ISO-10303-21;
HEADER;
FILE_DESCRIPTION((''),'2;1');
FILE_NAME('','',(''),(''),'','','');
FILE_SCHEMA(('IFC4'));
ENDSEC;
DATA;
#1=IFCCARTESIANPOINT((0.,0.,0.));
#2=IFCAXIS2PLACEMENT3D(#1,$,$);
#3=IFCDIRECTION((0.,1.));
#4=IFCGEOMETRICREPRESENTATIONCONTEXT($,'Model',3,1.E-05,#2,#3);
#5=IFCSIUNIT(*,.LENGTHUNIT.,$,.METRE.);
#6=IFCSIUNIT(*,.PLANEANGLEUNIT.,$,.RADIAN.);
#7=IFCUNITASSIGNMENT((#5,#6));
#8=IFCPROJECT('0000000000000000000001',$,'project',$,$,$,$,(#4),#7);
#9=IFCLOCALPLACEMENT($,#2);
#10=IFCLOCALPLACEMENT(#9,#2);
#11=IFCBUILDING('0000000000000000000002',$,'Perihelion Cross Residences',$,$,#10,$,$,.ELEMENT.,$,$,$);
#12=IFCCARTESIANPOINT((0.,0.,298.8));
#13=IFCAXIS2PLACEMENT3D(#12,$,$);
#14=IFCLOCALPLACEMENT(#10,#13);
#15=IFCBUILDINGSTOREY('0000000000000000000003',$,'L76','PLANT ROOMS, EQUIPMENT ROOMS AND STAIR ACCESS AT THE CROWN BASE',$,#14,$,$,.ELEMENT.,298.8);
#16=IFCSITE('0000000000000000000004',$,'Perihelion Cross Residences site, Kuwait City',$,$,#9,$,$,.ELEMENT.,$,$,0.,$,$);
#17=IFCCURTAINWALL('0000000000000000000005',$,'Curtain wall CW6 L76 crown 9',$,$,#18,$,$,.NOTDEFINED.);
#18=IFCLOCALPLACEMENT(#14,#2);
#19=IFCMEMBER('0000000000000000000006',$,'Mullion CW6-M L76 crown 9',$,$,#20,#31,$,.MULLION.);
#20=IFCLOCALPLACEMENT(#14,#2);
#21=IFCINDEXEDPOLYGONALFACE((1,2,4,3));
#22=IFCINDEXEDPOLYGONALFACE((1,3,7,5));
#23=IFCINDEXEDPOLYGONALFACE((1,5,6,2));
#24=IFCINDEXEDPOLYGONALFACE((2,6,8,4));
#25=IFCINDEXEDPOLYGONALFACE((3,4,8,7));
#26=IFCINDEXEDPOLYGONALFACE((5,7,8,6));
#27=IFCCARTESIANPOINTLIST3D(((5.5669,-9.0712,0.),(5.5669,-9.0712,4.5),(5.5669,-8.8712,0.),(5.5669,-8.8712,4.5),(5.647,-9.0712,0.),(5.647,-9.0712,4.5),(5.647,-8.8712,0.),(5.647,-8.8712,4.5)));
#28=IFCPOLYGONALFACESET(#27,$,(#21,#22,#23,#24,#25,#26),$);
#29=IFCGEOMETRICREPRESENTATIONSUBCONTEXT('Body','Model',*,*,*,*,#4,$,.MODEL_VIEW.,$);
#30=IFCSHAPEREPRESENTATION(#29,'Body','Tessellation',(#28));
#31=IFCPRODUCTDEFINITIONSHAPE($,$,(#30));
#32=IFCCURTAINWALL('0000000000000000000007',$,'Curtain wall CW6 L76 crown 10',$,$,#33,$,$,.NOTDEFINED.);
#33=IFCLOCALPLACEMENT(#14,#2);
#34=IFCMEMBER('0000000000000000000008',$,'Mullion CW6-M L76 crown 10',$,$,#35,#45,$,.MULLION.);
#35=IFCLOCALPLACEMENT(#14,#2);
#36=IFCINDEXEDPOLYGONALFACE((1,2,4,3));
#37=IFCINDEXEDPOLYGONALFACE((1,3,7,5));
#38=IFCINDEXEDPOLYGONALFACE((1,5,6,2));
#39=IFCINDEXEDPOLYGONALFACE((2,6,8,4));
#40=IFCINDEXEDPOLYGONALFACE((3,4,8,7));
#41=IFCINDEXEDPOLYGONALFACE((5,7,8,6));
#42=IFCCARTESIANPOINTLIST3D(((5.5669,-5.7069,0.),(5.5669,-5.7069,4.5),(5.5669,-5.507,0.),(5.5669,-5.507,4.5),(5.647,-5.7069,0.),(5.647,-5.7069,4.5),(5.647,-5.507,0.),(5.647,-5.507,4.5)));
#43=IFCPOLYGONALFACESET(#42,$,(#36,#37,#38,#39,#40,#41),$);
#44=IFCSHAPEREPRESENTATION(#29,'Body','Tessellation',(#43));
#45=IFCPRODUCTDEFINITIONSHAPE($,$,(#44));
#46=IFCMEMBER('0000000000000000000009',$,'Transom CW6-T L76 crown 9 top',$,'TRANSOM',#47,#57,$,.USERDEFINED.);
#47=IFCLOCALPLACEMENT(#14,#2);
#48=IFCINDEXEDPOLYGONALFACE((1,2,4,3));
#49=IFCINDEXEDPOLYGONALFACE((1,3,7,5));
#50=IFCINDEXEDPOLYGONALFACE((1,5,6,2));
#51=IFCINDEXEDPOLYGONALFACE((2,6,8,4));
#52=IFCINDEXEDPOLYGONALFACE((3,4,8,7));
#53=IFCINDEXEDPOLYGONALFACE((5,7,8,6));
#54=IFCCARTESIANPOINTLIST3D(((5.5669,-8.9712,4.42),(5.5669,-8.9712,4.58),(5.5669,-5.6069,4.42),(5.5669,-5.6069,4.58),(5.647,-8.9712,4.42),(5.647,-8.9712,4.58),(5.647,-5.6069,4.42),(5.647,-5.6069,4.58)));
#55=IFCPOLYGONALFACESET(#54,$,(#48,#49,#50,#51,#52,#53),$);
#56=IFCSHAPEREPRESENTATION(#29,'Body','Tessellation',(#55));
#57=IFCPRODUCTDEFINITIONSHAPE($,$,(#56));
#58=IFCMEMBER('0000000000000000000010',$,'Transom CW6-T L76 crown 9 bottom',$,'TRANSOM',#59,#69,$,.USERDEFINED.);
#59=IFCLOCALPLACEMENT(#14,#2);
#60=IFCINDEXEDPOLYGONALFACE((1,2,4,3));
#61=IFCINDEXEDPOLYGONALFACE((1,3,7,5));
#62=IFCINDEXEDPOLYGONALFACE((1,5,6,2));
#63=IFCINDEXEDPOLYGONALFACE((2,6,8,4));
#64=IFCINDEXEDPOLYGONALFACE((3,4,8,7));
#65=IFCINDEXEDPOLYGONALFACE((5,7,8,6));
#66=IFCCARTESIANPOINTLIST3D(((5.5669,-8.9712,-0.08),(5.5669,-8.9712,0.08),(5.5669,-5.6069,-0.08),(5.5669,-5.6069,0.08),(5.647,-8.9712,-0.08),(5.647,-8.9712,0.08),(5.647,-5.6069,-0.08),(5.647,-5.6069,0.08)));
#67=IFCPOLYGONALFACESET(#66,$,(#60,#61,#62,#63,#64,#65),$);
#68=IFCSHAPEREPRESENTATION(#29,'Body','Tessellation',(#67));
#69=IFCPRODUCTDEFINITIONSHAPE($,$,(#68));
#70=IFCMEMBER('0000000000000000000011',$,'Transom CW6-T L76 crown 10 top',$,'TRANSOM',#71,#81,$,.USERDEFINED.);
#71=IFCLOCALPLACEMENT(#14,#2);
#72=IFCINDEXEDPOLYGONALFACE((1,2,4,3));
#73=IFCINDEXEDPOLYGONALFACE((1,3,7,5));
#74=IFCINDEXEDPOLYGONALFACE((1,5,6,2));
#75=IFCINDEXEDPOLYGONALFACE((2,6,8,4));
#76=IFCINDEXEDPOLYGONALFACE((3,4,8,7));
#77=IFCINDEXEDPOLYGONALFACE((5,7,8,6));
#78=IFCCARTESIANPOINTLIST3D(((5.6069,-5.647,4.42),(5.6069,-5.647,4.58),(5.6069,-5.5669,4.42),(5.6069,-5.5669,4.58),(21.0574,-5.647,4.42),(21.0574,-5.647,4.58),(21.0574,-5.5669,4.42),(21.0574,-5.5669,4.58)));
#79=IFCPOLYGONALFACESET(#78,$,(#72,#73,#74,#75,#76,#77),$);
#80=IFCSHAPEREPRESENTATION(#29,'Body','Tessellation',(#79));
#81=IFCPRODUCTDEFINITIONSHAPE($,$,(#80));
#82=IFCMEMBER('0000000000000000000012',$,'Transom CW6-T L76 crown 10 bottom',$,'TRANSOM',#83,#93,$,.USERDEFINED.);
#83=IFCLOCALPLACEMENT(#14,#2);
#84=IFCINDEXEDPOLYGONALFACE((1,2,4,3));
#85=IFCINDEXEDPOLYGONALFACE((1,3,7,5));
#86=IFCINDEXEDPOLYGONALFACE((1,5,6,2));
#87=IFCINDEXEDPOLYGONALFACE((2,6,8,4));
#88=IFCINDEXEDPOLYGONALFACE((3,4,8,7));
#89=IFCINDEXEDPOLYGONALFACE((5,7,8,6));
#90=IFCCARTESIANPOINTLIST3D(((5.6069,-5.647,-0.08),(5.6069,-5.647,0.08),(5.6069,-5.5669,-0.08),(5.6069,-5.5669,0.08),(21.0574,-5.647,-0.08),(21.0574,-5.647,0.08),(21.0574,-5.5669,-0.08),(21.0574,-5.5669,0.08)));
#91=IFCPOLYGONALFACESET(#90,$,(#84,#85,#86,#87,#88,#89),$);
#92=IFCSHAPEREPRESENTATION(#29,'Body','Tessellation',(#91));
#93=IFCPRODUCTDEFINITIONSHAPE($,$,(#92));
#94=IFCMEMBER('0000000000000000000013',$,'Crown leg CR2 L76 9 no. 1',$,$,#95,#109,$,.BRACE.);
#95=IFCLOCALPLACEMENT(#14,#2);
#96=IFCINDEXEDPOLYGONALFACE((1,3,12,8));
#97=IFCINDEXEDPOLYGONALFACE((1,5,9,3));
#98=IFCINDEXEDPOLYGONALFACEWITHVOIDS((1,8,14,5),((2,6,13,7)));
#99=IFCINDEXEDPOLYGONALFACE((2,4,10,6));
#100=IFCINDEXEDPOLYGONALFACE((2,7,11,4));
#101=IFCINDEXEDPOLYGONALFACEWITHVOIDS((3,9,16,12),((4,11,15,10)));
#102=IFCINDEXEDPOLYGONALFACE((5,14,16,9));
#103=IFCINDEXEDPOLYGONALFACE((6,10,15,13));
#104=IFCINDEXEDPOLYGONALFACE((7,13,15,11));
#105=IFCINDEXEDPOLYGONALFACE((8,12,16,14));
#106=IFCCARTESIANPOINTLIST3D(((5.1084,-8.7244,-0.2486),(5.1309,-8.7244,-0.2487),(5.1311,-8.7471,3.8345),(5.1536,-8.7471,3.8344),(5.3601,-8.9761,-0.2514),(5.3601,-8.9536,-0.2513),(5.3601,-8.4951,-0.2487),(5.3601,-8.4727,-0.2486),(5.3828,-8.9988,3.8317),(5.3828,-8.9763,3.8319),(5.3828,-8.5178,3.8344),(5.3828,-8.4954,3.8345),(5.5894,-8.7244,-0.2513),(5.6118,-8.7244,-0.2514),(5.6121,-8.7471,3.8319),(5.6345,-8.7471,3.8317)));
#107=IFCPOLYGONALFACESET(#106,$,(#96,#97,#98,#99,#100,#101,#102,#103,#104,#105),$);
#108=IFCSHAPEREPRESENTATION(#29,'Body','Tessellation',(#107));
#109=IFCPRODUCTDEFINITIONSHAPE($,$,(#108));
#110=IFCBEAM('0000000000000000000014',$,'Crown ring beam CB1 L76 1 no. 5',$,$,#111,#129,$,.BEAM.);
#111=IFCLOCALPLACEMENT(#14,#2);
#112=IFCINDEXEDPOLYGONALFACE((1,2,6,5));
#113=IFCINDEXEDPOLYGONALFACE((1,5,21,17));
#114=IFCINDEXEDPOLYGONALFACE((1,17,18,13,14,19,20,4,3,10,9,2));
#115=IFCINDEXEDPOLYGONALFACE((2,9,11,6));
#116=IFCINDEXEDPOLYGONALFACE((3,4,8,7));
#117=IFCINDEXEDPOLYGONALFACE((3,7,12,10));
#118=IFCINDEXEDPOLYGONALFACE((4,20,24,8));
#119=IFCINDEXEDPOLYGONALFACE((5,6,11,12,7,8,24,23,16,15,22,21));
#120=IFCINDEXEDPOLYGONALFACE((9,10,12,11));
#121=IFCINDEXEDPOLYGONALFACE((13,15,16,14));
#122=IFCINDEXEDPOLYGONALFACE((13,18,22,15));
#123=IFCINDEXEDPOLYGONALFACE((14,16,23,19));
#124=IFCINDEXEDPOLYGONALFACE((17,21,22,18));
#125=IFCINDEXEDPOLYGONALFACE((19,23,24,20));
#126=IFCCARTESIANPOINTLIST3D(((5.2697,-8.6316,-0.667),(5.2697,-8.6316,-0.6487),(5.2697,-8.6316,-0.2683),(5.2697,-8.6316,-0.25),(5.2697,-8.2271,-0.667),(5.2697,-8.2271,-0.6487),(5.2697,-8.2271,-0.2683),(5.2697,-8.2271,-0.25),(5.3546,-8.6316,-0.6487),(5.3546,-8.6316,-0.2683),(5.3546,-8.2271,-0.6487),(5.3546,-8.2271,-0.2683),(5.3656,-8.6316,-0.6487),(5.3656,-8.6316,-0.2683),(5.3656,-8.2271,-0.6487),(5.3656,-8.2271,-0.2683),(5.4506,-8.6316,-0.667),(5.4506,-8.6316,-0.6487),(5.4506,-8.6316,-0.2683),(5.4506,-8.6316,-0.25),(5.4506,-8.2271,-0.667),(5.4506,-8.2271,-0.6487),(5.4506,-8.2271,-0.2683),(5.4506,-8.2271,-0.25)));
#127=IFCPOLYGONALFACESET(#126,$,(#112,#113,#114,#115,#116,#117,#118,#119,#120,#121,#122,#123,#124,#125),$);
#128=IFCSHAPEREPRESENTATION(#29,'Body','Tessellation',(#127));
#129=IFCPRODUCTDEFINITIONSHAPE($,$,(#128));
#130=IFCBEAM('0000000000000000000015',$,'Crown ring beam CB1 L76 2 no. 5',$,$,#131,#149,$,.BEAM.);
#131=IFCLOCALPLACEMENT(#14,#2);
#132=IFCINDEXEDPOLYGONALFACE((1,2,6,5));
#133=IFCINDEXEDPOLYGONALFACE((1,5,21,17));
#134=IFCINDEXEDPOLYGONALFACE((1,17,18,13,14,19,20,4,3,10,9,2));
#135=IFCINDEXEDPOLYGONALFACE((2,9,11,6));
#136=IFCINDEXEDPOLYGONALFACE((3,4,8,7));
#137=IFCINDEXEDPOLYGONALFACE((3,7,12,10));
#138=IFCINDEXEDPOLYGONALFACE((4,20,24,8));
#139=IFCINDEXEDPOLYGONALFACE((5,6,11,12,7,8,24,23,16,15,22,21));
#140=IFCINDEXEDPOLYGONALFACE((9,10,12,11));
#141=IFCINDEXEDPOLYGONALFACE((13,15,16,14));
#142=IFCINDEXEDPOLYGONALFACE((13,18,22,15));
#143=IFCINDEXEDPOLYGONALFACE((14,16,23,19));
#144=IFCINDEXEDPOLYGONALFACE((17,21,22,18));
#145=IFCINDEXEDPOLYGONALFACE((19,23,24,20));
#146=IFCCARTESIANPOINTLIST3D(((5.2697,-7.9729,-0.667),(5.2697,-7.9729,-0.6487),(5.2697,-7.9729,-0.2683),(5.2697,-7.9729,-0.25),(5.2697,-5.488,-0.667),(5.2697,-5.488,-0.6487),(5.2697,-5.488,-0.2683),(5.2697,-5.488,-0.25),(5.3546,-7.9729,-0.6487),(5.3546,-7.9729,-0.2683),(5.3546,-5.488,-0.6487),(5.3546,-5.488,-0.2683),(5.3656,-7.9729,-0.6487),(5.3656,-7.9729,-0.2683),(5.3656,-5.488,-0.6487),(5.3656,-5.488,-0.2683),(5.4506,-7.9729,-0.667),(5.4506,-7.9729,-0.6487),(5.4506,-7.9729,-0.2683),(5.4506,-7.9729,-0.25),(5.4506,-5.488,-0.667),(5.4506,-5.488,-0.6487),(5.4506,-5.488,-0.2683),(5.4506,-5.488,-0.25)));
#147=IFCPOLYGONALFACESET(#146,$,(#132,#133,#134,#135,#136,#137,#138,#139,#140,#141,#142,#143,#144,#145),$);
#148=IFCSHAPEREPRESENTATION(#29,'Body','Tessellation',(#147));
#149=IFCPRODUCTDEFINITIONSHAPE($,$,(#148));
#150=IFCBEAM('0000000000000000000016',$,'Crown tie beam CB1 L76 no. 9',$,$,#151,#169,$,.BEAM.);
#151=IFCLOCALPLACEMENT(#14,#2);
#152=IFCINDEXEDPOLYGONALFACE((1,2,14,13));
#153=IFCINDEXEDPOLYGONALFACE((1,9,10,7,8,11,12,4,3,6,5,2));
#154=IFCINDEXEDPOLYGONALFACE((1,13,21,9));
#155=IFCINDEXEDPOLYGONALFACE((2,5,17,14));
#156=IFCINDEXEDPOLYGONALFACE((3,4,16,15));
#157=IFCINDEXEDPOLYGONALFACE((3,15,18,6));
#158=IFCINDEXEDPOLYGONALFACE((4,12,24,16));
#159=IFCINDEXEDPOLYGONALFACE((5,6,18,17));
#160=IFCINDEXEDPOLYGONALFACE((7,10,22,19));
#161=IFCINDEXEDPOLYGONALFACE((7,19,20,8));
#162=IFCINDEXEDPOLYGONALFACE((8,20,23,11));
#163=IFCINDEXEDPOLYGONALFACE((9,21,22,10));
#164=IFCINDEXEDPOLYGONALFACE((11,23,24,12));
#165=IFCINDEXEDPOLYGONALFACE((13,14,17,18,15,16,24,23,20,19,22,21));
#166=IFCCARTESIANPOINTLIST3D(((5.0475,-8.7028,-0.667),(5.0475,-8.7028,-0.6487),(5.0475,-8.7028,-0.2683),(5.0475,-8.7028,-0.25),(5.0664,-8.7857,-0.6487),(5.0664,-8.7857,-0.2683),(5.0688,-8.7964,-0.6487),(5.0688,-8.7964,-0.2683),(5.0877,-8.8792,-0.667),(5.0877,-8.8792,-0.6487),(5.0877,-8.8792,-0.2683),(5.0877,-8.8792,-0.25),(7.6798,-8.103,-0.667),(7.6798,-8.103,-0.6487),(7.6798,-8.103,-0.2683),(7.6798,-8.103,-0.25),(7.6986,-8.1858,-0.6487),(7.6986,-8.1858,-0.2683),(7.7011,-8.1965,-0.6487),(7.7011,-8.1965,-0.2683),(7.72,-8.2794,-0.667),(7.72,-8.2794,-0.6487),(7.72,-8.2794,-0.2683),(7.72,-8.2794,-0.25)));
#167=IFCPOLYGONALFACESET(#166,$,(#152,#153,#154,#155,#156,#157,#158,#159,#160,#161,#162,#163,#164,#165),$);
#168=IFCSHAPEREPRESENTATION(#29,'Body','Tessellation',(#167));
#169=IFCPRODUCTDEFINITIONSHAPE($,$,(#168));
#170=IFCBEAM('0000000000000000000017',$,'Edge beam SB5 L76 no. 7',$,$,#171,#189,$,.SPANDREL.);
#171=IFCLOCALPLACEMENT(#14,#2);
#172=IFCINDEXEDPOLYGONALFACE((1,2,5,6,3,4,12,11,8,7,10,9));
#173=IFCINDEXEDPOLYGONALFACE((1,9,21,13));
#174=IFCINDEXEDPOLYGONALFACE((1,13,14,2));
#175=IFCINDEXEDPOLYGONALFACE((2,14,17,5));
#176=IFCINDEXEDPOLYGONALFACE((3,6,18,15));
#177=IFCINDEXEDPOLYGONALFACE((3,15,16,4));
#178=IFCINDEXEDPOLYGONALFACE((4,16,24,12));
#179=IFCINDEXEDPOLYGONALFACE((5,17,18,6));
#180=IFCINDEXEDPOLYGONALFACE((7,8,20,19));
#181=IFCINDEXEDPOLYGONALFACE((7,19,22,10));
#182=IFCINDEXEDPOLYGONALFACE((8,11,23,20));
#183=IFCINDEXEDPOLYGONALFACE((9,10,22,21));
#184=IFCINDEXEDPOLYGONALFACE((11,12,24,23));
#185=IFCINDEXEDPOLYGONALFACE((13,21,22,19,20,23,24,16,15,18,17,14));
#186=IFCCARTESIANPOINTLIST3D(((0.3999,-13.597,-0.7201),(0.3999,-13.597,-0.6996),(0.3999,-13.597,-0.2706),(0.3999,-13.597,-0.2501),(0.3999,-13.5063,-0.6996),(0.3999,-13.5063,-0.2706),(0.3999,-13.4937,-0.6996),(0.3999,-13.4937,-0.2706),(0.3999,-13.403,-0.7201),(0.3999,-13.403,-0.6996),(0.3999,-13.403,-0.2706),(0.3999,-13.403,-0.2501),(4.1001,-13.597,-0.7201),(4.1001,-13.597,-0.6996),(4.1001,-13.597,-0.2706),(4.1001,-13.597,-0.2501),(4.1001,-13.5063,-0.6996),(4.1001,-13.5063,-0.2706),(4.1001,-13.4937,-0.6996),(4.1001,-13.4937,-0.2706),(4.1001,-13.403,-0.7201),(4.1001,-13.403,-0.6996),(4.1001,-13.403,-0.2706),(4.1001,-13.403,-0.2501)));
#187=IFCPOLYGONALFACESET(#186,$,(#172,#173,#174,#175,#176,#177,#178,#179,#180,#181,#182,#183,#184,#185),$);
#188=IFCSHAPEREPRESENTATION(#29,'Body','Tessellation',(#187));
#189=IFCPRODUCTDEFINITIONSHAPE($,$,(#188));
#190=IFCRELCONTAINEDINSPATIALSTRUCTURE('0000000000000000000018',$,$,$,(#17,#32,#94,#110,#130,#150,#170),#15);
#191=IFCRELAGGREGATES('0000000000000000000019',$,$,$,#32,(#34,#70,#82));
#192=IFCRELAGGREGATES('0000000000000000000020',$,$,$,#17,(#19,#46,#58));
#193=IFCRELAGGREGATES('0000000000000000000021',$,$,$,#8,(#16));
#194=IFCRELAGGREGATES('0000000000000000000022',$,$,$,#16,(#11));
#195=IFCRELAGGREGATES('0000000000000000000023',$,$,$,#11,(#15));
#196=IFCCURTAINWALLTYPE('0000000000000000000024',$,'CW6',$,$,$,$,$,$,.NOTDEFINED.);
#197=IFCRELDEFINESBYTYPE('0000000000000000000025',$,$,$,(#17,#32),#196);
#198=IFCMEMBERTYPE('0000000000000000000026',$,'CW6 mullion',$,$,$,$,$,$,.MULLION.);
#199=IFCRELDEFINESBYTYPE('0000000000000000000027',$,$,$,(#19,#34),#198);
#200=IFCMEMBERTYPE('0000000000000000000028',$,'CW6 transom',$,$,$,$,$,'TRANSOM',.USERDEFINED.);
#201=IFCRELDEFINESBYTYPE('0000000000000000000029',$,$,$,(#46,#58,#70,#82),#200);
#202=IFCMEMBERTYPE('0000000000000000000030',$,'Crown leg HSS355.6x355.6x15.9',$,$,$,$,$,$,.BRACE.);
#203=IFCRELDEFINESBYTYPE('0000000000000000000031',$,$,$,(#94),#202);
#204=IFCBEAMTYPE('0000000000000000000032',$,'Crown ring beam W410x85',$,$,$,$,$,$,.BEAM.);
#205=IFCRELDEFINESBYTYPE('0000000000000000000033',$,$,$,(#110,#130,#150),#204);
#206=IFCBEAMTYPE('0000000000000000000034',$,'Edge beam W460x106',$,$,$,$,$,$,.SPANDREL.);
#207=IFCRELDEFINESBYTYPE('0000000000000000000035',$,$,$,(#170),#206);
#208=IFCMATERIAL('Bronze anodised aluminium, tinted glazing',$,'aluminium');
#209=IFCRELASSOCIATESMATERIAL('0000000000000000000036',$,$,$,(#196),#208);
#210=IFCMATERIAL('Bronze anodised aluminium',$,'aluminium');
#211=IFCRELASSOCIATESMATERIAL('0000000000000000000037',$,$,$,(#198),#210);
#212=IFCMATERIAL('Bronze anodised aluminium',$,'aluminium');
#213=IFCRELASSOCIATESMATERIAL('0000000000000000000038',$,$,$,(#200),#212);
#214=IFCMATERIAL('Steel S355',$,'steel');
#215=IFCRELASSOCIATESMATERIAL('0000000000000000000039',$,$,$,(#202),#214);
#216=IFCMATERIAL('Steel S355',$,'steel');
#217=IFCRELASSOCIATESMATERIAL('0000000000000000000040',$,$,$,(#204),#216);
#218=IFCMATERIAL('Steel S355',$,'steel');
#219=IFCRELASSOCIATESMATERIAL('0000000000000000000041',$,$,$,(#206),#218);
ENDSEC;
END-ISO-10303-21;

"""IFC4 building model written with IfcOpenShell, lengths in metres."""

from ifc_helpers import new_model, si_unit, direction, frame, origin, origin_2d, place, context, subcontext, project, spatial, rectangle, hollow_rectangle, i_section, extrude, material, material_profile, profile_set, type_object, element, aggregate, save


model = new_model("IFC4")

# Units and contexts
model_context = context("Model", 3, precision=1e-05, world=origin(), true_north=direction((0.0, 1.0)))
body_context = subcontext(model_context, "Body", "Model", "MODEL_VIEW")
ifc_project = project(units=[si_unit("LENGTHUNIT", "METRE"), si_unit("PLANEANGLEUNIT", "RADIAN")], contexts=[model_context])

# Site, building, storey
site_placement = place(None, origin())
site = spatial("IfcSite", under=ifc_project, at=site_placement, Name="Perihelion Cross Residences site, Kuwait City", CompositionType="ELEMENT", RefElevation=0.0)
building_placement = place(site_placement, origin())
building = spatial("IfcBuilding", under=site, at=building_placement, Name="Perihelion Cross Residences", CompositionType="ELEMENT")
storey_placement = place(building_placement, frame((0.0, 0.0, 298.8)))
storey = spatial("IfcBuildingStorey", under=building, at=storey_placement, Name="L76", Description="PLANT ROOMS, EQUIPMENT ROOMS AND STAIR ACCESS AT THE CROWN BASE", CompositionType="ELEMENT", Elevation=298.8)

# Curtain walls, members
ifc_material_1 = material(Name="Bronze anodised aluminium, tinted glazing", Category="aluminium")
curtain_wall_type = type_object("IfcCurtainWallType", Name="CW6", PredefinedType="NOTDEFINED", material=ifc_material_1)
curtain_wall_1_placement = place(storey_placement, origin())
curtain_wall_1 = element("IfcCurtainWall", 1, at=curtain_wall_1_placement, inside=storey, type_object=curtain_wall_type, Name="Curtain wall CW6 L76 crown 9", PredefinedType="NOTDEFINED")
ifc_material_2 = material(Name="Bronze anodised aluminium", Category="aluminium")
ifc_material_profile_1 = material_profile(ifc_material_2, rectangle(XDim=0.0801, YDim=0.2, at=origin_2d()), Name="CW6 mullion")
ifc_profile_set_1 = profile_set([ifc_material_profile_1], Name="Bronze anodised aluminium")
member_type_1 = type_object("IfcMemberType", Name="CW6 mullion", PredefinedType="MULLION", material=ifc_profile_set_1)
member_1_placement = place(storey_placement, frame((5.6069, -8.9712, 0.0), z_axis=(0.0, 0.0, 1.0), x_axis=(1.0, 0.0, 0.0)))
member_1 = element("IfcMember", 2, at=member_1_placement, type_object=member_type_1, Name="Mullion CW6-M L76 crown 9", PredefinedType="MULLION", context=body_context, shape_type="SweptSolid", body=[
    extrude(rectangle(XDim=0.0801, YDim=0.2, at=origin_2d()), origin(), (0.0, 0.0, 1.0), 4.5),
])
curtain_wall_2_placement = place(storey_placement, origin())
curtain_wall_2 = element("IfcCurtainWall", 3, at=curtain_wall_2_placement, inside=storey, type_object=curtain_wall_type, Name="Curtain wall CW6 L76 crown 10", PredefinedType="NOTDEFINED")
member_2_placement = place(storey_placement, frame((5.6069, -5.6069, 0.0), z_axis=(0.0, 0.0, 1.0), x_axis=(1.0, 0.0, 0.0)))
member_2 = element("IfcMember", 4, at=member_2_placement, type_object=member_type_1, Name="Mullion CW6-M L76 crown 10", PredefinedType="MULLION", context=body_context, shape_type="SweptSolid", body=[
    extrude(rectangle(XDim=0.0801, YDim=0.2, at=origin_2d()), origin(), (0.0, 0.0, 1.0), 4.5),
])

# Members
ifc_material_3 = material(Name="Bronze anodised aluminium", Category="aluminium")
ifc_material_profile_2 = material_profile(ifc_material_3, rectangle(XDim=0.0801, YDim=0.1599, at=origin_2d()), Name="CW6 transom")
ifc_profile_set_2 = profile_set([ifc_material_profile_2], Name="Bronze anodised aluminium")
member_type_2 = type_object("IfcMemberType", Name="CW6 transom", ElementType="TRANSOM", PredefinedType="USERDEFINED", material=ifc_profile_set_2)
member_3_placement = place(storey_placement, frame((5.6069, -8.9712, 4.5), z_axis=(0.0, 1.0, 0.0), x_axis=(-1.0, 0.0, 0.0)))
member_3 = element("IfcMember", 5, at=member_3_placement, type_object=member_type_2, Name="Transom CW6-T L76 crown 9 top", ObjectType="TRANSOM", PredefinedType="USERDEFINED", context=body_context, shape_type="SweptSolid", body=[
    extrude(rectangle(XDim=0.0801, YDim=0.1599, at=origin_2d()), origin(), (0.0, 0.0, 1.0), 3.3643),
])
member_4_placement = place(storey_placement, frame((5.6069, -8.9712, 0.0), z_axis=(0.0, 1.0, 0.0), x_axis=(-1.0, 0.0, 0.0)))
member_4 = element("IfcMember", 6, at=member_4_placement, type_object=member_type_2, Name="Transom CW6-T L76 crown 9 bottom", ObjectType="TRANSOM", PredefinedType="USERDEFINED", context=body_context, shape_type="SweptSolid", body=[
    extrude(rectangle(XDim=0.0801, YDim=0.1599, at=origin_2d()), origin(), (0.0, 0.0, 1.0), 3.3643),
])
member_5_placement = place(storey_placement, frame((5.6069, -5.6069, 4.5), z_axis=(1.0, 0.0, 0.0), x_axis=(0.0, 1.0, 0.0)))
member_5 = element("IfcMember", 7, at=member_5_placement, type_object=member_type_2, Name="Transom CW6-T L76 crown 10 top", ObjectType="TRANSOM", PredefinedType="USERDEFINED", context=body_context, shape_type="SweptSolid", body=[
    extrude(rectangle(XDim=0.0801, YDim=0.1599, at=origin_2d()), origin(), (0.0, 0.0, 1.0), 15.4504),
])
member_6_placement = place(storey_placement, frame((5.6069, -5.6069, 0.0), z_axis=(1.0, 0.0, 0.0), x_axis=(0.0, 1.0, 0.0)))
member_6 = element("IfcMember", 8, at=member_6_placement, type_object=member_type_2, Name="Transom CW6-T L76 crown 10 bottom", ObjectType="TRANSOM", PredefinedType="USERDEFINED", context=body_context, shape_type="SweptSolid", body=[
    extrude(rectangle(XDim=0.0801, YDim=0.1599, at=origin_2d()), origin(), (0.0, 0.0, 1.0), 15.4504),
])
aggregate(curtain_wall_2, [member_2, member_5, member_6])
ifc_material_4 = material(Name="Steel S355", Category="steel")
ifc_material_profile_3 = material_profile(ifc_material_4, hollow_rectangle(XDim=0.356, YDim=0.356, WallThickness=0.0159, at=origin_2d()), Name="HSS355.6x355.6x15.9")
ifc_profile_set_3 = profile_set([ifc_material_profile_3], Name="Steel S355")
member_type_3 = type_object("IfcMemberType", Name="Crown leg HSS355.6x355.6x15.9", PredefinedType="BRACE", material=ifc_profile_set_3)
member_7_placement = place(storey_placement, frame((5.3601, -8.7244, -0.25), z_axis=(0.005561, -0.005561, 0.999969), x_axis=(0.707107, 0.707107, 0.0)))
element("IfcMember", 9, at=member_7_placement, inside=storey, type_object=member_type_3, Name="Crown leg CR2 L76 9 no. 1", PredefinedType="BRACE", context=body_context, shape_type="SweptSolid", body=[
    extrude(hollow_rectangle(XDim=0.356, YDim=0.356, WallThickness=0.0159, at=origin_2d()), origin(), (0.0, 0.0, 1.0), 4.0833),
])

# Beams
ifc_material_5 = material(Name="Steel S355", Category="steel")
ifc_material_profile_4 = material_profile(ifc_material_5, i_section(OverallWidth=0.1809, OverallDepth=0.417, WebThickness=0.011, FlangeThickness=0.0183, at=origin_2d()), Name="W410x85")
ifc_profile_set_4 = profile_set([ifc_material_profile_4], Name="Steel S355")
beam_type_1 = type_object("IfcBeamType", Name="Crown ring beam W410x85", PredefinedType="BEAM", material=ifc_profile_set_4)
beam_1_placement = place(storey_placement, frame((5.3601, -8.6316, -0.4585), z_axis=(0.0, 1.0, 0.0), x_axis=(-1.0, 0.0, 0.0)))
element("IfcBeam", 10, at=beam_1_placement, inside=storey, type_object=beam_type_1, Name="Crown ring beam CB1 L76 1 no. 5", PredefinedType="BEAM", context=body_context, shape_type="SweptSolid", body=[
    extrude(i_section(OverallWidth=0.1809, OverallDepth=0.417, WebThickness=0.011, FlangeThickness=0.0183, at=origin_2d()), origin(), (0.0, 0.0, 1.0), 0.4045),
])
beam_2_placement = place(storey_placement, frame((5.3601, -7.9729, -0.4585), z_axis=(0.0, 1.0, 0.0), x_axis=(-1.0, 0.0, 0.0)))
element("IfcBeam", 11, at=beam_2_placement, inside=storey, type_object=beam_type_1, Name="Crown ring beam CB1 L76 2 no. 5", PredefinedType="BEAM", context=body_context, shape_type="SweptSolid", body=[
    extrude(i_section(OverallWidth=0.1809, OverallDepth=0.417, WebThickness=0.011, FlangeThickness=0.0183, at=origin_2d()), origin(), (0.0, 0.0, 1.0), 2.4849),
])
beam_3_placement = place(storey_placement, frame((5.0676, -8.791, -0.4585), z_axis=(0.975005, 0.222184, 0.0), x_axis=(-0.222184, 0.975005, 0.0)))
element("IfcBeam", 12, at=beam_3_placement, inside=storey, type_object=beam_type_1, Name="Crown tie beam CB1 L76 no. 9", PredefinedType="BEAM", context=body_context, shape_type="SweptSolid", body=[
    extrude(i_section(OverallWidth=0.1809, OverallDepth=0.417, WebThickness=0.011, FlangeThickness=0.0183, at=origin_2d()), origin(), (0.0, 0.0, 1.0), 2.6997),
])
ifc_material_6 = material(Name="Steel S355", Category="steel")
ifc_material_profile_5 = material_profile(ifc_material_6, i_section(OverallWidth=0.1941, OverallDepth=0.47, WebThickness=0.0127, FlangeThickness=0.0205, at=origin_2d()), Name="W460x106")
ifc_profile_set_5 = profile_set([ifc_material_profile_5], Name="Steel S355")
beam_type_2 = type_object("IfcBeamType", Name="Edge beam W460x106", PredefinedType="SPANDREL", material=ifc_profile_set_5)
beam_4_placement = place(storey_placement, frame((0.3999, -13.5, -0.4851), z_axis=(1.0, 0.0, 0.0), x_axis=(0.0, 1.0, 0.0)))
element("IfcBeam", 13, at=beam_4_placement, inside=storey, type_object=beam_type_2, Name="Edge beam SB5 L76 no. 7", PredefinedType="SPANDREL", context=body_context, shape_type="SweptSolid", body=[
    extrude(i_section(OverallWidth=0.1941, OverallDepth=0.47, WebThickness=0.0127, FlangeThickness=0.0205, at=origin_2d()), origin(), (0.0, 0.0, 1.0), 3.7002),
])

aggregate(curtain_wall_1, [member_1, member_3, member_4])

save(model, "model.ifc")
